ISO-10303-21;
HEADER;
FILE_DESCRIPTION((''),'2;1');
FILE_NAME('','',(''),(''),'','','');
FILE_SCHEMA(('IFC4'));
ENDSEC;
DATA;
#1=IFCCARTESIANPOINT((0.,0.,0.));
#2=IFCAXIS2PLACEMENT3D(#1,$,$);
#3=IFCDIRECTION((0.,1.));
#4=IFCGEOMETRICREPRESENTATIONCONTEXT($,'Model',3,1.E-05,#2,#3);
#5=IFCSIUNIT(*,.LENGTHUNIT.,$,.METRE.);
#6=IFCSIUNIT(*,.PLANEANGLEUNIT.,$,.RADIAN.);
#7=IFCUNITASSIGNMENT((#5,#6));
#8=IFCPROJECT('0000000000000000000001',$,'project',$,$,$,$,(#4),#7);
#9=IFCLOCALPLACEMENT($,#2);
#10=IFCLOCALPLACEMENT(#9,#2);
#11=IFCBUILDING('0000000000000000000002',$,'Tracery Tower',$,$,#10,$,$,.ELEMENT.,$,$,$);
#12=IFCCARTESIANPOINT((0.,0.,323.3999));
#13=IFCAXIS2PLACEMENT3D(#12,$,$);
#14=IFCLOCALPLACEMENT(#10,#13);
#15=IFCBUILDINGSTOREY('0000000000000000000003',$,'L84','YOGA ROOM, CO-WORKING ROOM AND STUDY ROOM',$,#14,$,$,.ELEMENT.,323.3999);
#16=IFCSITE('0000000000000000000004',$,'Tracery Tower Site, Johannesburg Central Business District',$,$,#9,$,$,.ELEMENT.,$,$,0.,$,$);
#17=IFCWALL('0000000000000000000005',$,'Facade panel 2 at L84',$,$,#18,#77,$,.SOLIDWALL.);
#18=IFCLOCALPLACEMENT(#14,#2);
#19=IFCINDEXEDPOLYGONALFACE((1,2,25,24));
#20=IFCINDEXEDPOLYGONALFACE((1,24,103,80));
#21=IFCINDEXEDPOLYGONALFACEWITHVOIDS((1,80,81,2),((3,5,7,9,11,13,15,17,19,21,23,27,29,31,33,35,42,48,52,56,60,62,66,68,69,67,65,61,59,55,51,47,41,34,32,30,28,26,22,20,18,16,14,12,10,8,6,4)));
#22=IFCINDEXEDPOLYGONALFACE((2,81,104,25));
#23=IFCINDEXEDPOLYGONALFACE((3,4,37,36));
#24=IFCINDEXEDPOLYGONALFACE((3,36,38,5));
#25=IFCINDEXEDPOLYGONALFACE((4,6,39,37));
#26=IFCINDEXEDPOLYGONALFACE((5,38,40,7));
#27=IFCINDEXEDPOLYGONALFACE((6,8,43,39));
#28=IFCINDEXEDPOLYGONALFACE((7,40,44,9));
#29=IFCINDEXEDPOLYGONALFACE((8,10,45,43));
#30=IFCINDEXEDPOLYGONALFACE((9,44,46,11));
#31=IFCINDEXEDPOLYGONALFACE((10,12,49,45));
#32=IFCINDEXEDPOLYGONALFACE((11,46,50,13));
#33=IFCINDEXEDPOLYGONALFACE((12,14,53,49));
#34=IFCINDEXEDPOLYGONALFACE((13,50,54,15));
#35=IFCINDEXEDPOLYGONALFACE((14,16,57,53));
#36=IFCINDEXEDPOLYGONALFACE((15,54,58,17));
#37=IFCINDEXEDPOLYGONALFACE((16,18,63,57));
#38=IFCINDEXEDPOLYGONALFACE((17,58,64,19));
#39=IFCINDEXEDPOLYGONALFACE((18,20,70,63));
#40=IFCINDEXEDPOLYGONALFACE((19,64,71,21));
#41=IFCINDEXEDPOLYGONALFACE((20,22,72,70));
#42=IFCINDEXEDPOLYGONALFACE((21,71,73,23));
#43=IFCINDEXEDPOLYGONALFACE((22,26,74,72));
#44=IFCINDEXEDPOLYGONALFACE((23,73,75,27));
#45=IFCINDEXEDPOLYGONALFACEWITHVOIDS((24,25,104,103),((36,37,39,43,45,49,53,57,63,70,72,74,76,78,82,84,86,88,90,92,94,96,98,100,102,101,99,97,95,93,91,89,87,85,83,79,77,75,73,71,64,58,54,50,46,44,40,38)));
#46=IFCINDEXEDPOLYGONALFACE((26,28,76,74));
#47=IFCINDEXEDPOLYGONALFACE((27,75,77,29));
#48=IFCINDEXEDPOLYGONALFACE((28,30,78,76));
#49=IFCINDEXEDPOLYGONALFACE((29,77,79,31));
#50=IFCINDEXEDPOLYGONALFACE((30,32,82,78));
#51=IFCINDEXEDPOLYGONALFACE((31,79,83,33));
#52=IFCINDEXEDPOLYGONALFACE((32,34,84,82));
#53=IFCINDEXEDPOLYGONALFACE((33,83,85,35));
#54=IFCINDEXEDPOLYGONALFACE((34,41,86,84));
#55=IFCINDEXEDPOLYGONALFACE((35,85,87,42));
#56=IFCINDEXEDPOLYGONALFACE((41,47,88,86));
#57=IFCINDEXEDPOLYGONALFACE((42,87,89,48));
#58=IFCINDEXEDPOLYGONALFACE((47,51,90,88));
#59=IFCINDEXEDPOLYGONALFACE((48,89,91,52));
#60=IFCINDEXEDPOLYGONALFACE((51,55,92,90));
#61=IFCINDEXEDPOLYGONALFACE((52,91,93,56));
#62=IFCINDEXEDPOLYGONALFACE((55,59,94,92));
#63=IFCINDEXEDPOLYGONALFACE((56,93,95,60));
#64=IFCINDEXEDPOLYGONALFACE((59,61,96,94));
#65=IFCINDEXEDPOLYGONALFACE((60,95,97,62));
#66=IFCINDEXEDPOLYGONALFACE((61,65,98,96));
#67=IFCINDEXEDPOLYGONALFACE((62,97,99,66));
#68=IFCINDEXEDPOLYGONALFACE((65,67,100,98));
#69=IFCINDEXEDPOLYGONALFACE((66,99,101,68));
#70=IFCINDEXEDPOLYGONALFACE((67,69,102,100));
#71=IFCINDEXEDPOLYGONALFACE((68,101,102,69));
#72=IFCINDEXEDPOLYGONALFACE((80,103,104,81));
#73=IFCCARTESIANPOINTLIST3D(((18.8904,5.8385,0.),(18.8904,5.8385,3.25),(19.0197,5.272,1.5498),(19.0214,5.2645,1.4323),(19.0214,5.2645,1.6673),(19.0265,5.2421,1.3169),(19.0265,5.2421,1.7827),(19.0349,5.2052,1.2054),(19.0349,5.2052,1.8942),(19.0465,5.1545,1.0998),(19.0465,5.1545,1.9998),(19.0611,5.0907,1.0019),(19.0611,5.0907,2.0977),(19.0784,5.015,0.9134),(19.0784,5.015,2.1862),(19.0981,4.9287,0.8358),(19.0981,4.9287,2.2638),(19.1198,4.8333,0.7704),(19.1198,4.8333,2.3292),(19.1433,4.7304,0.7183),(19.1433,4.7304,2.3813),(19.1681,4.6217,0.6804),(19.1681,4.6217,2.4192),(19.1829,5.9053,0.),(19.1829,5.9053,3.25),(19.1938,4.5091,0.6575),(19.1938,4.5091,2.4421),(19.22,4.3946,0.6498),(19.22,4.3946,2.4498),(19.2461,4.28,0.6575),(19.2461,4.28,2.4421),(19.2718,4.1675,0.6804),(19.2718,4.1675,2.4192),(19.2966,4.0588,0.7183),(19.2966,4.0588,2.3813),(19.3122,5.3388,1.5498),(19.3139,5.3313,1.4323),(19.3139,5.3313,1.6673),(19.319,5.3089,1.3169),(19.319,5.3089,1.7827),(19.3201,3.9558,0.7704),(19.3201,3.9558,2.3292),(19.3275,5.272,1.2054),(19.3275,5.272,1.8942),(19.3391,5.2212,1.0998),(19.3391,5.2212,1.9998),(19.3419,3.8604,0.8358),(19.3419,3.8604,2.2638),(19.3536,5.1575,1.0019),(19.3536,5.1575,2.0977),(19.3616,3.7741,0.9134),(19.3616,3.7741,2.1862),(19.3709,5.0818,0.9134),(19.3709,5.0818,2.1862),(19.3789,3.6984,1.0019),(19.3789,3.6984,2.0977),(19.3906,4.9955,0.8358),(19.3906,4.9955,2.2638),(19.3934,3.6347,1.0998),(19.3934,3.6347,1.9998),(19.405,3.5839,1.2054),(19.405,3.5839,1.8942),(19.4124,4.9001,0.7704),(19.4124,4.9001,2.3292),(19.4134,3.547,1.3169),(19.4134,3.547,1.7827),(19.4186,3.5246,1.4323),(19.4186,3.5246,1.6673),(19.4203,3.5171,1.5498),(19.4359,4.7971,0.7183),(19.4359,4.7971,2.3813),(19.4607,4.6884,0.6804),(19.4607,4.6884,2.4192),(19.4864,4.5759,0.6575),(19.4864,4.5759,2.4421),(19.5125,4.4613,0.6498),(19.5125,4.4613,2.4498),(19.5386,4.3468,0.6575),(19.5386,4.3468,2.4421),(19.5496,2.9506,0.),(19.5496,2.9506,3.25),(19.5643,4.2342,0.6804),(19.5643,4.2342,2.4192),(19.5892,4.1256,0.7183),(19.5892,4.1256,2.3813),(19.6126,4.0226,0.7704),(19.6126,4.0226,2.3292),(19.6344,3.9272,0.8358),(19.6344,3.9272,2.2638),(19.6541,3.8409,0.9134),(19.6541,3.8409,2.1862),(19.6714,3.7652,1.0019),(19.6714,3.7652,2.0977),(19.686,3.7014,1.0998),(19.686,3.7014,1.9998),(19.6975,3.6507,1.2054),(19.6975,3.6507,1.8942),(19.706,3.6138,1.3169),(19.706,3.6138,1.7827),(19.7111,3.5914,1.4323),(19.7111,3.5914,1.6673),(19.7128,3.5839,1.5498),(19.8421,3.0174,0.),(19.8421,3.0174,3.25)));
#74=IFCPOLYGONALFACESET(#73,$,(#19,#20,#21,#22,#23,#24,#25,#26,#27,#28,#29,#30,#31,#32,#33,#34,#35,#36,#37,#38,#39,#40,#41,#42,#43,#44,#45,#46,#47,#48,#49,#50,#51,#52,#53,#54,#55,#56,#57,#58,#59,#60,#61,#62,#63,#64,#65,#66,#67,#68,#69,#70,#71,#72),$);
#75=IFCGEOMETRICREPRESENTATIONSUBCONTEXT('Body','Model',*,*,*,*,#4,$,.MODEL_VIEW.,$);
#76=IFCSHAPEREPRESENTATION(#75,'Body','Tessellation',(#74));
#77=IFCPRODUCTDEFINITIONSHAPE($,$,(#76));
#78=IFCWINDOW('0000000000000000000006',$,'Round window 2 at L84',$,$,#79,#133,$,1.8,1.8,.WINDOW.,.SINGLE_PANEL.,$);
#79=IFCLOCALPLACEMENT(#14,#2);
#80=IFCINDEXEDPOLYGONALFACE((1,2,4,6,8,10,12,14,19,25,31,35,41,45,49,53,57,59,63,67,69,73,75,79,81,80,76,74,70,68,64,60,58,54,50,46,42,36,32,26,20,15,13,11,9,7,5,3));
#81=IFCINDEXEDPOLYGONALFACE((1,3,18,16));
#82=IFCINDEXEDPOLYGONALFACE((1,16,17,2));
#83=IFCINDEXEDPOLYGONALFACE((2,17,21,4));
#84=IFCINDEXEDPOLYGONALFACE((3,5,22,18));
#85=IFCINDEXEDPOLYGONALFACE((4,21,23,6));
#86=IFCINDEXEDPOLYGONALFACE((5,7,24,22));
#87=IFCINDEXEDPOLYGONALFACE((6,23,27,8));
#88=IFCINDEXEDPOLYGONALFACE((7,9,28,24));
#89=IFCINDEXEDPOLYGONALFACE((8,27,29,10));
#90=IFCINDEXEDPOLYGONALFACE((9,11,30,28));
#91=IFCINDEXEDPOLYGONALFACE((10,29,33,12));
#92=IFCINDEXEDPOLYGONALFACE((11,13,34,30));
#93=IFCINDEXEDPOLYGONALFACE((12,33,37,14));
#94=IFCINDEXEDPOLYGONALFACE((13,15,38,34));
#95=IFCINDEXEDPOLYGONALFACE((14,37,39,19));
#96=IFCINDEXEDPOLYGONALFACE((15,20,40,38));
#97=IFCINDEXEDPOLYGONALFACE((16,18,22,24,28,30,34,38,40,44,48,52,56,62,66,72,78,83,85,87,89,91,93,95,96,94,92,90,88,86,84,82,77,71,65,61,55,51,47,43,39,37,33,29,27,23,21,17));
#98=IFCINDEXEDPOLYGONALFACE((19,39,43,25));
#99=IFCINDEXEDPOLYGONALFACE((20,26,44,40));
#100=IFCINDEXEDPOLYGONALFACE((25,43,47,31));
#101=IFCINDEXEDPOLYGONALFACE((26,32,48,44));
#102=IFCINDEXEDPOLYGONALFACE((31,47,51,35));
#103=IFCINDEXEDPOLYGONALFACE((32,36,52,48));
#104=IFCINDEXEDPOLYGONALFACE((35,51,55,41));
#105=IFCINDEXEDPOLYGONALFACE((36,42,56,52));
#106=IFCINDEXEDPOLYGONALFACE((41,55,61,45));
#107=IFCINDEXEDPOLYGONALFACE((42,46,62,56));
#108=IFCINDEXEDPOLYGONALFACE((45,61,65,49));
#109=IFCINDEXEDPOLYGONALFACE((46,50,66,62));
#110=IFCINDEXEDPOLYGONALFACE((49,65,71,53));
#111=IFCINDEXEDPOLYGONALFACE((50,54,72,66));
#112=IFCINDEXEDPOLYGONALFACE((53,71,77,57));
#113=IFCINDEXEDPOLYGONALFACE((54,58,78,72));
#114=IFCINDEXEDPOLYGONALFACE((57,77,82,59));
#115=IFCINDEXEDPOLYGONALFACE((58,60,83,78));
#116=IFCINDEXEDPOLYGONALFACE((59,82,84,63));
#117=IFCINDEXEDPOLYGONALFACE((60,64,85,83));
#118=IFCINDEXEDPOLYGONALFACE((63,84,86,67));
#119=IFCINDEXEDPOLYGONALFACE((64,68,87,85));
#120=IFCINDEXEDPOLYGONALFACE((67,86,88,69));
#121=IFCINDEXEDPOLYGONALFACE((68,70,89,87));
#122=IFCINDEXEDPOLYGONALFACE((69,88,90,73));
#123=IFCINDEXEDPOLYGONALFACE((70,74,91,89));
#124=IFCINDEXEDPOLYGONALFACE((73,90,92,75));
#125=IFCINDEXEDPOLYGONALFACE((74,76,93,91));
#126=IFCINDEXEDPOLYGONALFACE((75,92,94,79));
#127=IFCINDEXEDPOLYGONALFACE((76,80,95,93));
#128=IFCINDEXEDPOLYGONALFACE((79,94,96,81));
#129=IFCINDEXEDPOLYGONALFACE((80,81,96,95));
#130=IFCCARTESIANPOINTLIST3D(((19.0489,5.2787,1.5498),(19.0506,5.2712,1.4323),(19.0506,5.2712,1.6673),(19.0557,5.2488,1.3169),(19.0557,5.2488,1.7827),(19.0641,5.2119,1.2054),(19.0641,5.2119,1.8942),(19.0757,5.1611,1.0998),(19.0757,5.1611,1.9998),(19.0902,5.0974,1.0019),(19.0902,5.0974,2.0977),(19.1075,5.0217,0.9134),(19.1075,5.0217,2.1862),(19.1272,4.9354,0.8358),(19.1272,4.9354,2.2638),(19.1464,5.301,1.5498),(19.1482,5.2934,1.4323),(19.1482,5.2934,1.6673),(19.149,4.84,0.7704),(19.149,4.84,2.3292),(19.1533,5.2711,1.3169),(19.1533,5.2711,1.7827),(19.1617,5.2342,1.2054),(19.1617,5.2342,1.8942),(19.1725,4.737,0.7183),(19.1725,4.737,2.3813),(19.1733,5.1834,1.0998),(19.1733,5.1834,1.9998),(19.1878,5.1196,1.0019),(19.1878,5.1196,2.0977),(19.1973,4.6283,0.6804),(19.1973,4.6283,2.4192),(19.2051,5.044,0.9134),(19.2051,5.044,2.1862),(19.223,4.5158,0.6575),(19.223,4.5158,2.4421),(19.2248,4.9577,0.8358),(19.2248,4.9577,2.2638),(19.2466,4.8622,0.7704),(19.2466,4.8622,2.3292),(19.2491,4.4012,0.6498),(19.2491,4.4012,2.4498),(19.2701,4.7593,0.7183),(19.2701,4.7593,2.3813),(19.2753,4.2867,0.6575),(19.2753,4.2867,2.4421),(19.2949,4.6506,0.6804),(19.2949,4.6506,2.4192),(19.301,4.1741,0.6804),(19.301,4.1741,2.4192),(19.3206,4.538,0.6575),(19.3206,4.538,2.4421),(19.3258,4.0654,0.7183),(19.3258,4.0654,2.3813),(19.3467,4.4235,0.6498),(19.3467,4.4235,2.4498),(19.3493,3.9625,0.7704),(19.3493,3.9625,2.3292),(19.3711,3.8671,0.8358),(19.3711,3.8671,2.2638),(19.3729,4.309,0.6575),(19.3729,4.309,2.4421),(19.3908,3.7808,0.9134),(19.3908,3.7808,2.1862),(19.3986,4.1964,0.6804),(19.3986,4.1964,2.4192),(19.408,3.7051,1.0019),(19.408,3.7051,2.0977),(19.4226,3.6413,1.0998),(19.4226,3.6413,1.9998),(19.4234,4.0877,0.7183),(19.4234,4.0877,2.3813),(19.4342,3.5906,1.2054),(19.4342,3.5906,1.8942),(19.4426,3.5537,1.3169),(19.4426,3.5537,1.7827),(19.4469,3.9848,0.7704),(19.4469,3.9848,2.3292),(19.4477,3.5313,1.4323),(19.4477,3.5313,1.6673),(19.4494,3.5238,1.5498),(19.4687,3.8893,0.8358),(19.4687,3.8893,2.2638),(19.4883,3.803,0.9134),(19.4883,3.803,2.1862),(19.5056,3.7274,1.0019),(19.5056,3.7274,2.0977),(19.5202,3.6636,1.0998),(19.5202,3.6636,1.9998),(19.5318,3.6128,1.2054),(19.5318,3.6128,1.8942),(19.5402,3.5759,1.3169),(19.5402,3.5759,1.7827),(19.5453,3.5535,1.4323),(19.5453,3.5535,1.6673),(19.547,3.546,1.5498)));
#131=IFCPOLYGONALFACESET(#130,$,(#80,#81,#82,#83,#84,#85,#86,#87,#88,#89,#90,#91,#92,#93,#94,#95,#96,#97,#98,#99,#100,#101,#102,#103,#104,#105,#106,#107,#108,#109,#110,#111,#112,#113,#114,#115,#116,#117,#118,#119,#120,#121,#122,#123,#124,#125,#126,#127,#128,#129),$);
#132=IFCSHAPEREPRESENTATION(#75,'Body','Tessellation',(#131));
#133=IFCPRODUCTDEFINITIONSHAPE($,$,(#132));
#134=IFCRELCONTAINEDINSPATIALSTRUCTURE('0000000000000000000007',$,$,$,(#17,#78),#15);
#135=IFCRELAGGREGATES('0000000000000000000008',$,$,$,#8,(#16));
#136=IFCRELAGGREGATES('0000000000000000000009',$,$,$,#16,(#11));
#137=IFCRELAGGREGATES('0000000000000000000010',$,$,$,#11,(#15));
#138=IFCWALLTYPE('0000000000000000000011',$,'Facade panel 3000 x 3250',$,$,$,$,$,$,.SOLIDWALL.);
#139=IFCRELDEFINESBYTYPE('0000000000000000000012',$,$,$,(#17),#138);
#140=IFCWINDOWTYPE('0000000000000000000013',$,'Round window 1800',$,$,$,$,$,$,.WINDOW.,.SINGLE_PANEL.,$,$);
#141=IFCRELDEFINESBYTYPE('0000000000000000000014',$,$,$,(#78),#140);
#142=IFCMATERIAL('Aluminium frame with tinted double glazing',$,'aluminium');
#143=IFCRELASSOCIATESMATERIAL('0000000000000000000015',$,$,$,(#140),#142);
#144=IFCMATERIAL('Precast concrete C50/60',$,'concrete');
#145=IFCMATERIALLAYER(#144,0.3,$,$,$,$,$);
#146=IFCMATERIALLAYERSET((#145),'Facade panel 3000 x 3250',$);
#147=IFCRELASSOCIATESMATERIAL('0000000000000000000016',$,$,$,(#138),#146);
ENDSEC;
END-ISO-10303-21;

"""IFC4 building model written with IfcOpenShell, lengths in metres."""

from ifc_helpers import new_model, si_unit, direction, frame, frame_2d, origin, origin_2d, place, context, subcontext, project, spatial, rectangle, circle, extrude, material, layer, layer_set, type_object, element, fill, save


model = new_model("IFC4")

# Units and contexts
model_context = context("Model", 3, precision=1e-05, world=origin(), true_north=direction((0.0, 1.0)))
body_context = subcontext(model_context, "Body", "Model", "MODEL_VIEW")
ifc_project = project(units=[si_unit("LENGTHUNIT", "METRE"), si_unit("PLANEANGLEUNIT", "RADIAN")], contexts=[model_context])

# Site, building, storey
site_placement = place(None, origin())
site = spatial("IfcSite", under=ifc_project, at=site_placement, Name="Tracery Tower Site, Johannesburg Central Business District", CompositionType="ELEMENT", RefElevation=0.0)
building_placement = place(site_placement, origin())
building = spatial("IfcBuilding", under=site, at=building_placement, Name="Tracery Tower", CompositionType="ELEMENT")
storey_placement = place(building_placement, frame((0.0, 0.0, 323.3999)))
storey = spatial("IfcBuildingStorey", under=building, at=storey_placement, Name="L84", Description="YOGA ROOM, CO-WORKING ROOM AND STUDY ROOM", CompositionType="ELEMENT", Elevation=323.3999)

# Wall, opening, window
ifc_material_1 = material(Name="Aluminium frame with tinted double glazing", Category="aluminium")
window_type = type_object("IfcWindowType", Name="Round window 1800", PartitioningType="SINGLE_PANEL", PredefinedType="WINDOW", material=ifc_material_1)
ifc_material_2 = material(Name="Precast concrete C50/60", Category="concrete")
ifc_layer_1 = layer(ifc_material_2, 0.3)
ifc_layer_set_1 = layer_set([ifc_layer_1], Name="Facade panel 3000 x 3250")
wall_type_1 = type_object("IfcWallType", Name="Facade panel 3000 x 3250", PredefinedType="SOLIDWALL", material=ifc_layer_set_1)
wall_1_placement = place(storey_placement, frame((19.6958, 2.9841, 0.0), z_axis=(0.0, 0.0, 1.0), x_axis=(-0.222529, 0.974926, 0.0)))
wall_1 = element("IfcWall", 1, at=wall_1_placement, inside=storey, type_object=wall_type_1, Name="Facade panel 2 at L84", PredefinedType="SOLIDWALL", context=body_context, shape_type="SweptSolid", body=[
    extrude(rectangle(XDim=2.9622, YDim=0.3, at=frame_2d((1.481, 0.0))), origin(), (0.0, 0.0, 1.0), 3.25),
])
opening_1_placement = place(wall_1_placement, frame((1.481, 0.0, 1.5498)))
opening_1 = element("IfcOpeningElement", 2, at=opening_1_placement, cuts=wall_1, PredefinedType="OPENING", context=body_context, shape_type="SweptSolid", body=[
    extrude(circle(Radius=0.9, at=origin_2d()), frame((0.0, 0.1599, 0.0), z_axis=(0.0, -1.0, 0.0), x_axis=(1.0, 0.0, 0.0)), (0.0, 0.0, 1.0), 0.3201),
])
window_1_placement = place(opening_1_placement, origin())
window_1 = element("IfcWindow", 3, at=window_1_placement, inside=storey, type_object=window_type, Name="Round window 2 at L84", OverallHeight=1.8, OverallWidth=1.8, PartitioningType="SINGLE_PANEL", PredefinedType="WINDOW", context=body_context, shape_type="SweptSolid", body=[
    extrude(circle(Radius=0.9, at=origin_2d()), frame((0.0, 0.1201, 0.0), z_axis=(0.0, -1.0, 0.0), x_axis=(1.0, 0.0, 0.0)), (0.0, 0.0, 1.0), 0.1001),
])
fill(opening_1, window_1)

save(model, "model.ifc")
